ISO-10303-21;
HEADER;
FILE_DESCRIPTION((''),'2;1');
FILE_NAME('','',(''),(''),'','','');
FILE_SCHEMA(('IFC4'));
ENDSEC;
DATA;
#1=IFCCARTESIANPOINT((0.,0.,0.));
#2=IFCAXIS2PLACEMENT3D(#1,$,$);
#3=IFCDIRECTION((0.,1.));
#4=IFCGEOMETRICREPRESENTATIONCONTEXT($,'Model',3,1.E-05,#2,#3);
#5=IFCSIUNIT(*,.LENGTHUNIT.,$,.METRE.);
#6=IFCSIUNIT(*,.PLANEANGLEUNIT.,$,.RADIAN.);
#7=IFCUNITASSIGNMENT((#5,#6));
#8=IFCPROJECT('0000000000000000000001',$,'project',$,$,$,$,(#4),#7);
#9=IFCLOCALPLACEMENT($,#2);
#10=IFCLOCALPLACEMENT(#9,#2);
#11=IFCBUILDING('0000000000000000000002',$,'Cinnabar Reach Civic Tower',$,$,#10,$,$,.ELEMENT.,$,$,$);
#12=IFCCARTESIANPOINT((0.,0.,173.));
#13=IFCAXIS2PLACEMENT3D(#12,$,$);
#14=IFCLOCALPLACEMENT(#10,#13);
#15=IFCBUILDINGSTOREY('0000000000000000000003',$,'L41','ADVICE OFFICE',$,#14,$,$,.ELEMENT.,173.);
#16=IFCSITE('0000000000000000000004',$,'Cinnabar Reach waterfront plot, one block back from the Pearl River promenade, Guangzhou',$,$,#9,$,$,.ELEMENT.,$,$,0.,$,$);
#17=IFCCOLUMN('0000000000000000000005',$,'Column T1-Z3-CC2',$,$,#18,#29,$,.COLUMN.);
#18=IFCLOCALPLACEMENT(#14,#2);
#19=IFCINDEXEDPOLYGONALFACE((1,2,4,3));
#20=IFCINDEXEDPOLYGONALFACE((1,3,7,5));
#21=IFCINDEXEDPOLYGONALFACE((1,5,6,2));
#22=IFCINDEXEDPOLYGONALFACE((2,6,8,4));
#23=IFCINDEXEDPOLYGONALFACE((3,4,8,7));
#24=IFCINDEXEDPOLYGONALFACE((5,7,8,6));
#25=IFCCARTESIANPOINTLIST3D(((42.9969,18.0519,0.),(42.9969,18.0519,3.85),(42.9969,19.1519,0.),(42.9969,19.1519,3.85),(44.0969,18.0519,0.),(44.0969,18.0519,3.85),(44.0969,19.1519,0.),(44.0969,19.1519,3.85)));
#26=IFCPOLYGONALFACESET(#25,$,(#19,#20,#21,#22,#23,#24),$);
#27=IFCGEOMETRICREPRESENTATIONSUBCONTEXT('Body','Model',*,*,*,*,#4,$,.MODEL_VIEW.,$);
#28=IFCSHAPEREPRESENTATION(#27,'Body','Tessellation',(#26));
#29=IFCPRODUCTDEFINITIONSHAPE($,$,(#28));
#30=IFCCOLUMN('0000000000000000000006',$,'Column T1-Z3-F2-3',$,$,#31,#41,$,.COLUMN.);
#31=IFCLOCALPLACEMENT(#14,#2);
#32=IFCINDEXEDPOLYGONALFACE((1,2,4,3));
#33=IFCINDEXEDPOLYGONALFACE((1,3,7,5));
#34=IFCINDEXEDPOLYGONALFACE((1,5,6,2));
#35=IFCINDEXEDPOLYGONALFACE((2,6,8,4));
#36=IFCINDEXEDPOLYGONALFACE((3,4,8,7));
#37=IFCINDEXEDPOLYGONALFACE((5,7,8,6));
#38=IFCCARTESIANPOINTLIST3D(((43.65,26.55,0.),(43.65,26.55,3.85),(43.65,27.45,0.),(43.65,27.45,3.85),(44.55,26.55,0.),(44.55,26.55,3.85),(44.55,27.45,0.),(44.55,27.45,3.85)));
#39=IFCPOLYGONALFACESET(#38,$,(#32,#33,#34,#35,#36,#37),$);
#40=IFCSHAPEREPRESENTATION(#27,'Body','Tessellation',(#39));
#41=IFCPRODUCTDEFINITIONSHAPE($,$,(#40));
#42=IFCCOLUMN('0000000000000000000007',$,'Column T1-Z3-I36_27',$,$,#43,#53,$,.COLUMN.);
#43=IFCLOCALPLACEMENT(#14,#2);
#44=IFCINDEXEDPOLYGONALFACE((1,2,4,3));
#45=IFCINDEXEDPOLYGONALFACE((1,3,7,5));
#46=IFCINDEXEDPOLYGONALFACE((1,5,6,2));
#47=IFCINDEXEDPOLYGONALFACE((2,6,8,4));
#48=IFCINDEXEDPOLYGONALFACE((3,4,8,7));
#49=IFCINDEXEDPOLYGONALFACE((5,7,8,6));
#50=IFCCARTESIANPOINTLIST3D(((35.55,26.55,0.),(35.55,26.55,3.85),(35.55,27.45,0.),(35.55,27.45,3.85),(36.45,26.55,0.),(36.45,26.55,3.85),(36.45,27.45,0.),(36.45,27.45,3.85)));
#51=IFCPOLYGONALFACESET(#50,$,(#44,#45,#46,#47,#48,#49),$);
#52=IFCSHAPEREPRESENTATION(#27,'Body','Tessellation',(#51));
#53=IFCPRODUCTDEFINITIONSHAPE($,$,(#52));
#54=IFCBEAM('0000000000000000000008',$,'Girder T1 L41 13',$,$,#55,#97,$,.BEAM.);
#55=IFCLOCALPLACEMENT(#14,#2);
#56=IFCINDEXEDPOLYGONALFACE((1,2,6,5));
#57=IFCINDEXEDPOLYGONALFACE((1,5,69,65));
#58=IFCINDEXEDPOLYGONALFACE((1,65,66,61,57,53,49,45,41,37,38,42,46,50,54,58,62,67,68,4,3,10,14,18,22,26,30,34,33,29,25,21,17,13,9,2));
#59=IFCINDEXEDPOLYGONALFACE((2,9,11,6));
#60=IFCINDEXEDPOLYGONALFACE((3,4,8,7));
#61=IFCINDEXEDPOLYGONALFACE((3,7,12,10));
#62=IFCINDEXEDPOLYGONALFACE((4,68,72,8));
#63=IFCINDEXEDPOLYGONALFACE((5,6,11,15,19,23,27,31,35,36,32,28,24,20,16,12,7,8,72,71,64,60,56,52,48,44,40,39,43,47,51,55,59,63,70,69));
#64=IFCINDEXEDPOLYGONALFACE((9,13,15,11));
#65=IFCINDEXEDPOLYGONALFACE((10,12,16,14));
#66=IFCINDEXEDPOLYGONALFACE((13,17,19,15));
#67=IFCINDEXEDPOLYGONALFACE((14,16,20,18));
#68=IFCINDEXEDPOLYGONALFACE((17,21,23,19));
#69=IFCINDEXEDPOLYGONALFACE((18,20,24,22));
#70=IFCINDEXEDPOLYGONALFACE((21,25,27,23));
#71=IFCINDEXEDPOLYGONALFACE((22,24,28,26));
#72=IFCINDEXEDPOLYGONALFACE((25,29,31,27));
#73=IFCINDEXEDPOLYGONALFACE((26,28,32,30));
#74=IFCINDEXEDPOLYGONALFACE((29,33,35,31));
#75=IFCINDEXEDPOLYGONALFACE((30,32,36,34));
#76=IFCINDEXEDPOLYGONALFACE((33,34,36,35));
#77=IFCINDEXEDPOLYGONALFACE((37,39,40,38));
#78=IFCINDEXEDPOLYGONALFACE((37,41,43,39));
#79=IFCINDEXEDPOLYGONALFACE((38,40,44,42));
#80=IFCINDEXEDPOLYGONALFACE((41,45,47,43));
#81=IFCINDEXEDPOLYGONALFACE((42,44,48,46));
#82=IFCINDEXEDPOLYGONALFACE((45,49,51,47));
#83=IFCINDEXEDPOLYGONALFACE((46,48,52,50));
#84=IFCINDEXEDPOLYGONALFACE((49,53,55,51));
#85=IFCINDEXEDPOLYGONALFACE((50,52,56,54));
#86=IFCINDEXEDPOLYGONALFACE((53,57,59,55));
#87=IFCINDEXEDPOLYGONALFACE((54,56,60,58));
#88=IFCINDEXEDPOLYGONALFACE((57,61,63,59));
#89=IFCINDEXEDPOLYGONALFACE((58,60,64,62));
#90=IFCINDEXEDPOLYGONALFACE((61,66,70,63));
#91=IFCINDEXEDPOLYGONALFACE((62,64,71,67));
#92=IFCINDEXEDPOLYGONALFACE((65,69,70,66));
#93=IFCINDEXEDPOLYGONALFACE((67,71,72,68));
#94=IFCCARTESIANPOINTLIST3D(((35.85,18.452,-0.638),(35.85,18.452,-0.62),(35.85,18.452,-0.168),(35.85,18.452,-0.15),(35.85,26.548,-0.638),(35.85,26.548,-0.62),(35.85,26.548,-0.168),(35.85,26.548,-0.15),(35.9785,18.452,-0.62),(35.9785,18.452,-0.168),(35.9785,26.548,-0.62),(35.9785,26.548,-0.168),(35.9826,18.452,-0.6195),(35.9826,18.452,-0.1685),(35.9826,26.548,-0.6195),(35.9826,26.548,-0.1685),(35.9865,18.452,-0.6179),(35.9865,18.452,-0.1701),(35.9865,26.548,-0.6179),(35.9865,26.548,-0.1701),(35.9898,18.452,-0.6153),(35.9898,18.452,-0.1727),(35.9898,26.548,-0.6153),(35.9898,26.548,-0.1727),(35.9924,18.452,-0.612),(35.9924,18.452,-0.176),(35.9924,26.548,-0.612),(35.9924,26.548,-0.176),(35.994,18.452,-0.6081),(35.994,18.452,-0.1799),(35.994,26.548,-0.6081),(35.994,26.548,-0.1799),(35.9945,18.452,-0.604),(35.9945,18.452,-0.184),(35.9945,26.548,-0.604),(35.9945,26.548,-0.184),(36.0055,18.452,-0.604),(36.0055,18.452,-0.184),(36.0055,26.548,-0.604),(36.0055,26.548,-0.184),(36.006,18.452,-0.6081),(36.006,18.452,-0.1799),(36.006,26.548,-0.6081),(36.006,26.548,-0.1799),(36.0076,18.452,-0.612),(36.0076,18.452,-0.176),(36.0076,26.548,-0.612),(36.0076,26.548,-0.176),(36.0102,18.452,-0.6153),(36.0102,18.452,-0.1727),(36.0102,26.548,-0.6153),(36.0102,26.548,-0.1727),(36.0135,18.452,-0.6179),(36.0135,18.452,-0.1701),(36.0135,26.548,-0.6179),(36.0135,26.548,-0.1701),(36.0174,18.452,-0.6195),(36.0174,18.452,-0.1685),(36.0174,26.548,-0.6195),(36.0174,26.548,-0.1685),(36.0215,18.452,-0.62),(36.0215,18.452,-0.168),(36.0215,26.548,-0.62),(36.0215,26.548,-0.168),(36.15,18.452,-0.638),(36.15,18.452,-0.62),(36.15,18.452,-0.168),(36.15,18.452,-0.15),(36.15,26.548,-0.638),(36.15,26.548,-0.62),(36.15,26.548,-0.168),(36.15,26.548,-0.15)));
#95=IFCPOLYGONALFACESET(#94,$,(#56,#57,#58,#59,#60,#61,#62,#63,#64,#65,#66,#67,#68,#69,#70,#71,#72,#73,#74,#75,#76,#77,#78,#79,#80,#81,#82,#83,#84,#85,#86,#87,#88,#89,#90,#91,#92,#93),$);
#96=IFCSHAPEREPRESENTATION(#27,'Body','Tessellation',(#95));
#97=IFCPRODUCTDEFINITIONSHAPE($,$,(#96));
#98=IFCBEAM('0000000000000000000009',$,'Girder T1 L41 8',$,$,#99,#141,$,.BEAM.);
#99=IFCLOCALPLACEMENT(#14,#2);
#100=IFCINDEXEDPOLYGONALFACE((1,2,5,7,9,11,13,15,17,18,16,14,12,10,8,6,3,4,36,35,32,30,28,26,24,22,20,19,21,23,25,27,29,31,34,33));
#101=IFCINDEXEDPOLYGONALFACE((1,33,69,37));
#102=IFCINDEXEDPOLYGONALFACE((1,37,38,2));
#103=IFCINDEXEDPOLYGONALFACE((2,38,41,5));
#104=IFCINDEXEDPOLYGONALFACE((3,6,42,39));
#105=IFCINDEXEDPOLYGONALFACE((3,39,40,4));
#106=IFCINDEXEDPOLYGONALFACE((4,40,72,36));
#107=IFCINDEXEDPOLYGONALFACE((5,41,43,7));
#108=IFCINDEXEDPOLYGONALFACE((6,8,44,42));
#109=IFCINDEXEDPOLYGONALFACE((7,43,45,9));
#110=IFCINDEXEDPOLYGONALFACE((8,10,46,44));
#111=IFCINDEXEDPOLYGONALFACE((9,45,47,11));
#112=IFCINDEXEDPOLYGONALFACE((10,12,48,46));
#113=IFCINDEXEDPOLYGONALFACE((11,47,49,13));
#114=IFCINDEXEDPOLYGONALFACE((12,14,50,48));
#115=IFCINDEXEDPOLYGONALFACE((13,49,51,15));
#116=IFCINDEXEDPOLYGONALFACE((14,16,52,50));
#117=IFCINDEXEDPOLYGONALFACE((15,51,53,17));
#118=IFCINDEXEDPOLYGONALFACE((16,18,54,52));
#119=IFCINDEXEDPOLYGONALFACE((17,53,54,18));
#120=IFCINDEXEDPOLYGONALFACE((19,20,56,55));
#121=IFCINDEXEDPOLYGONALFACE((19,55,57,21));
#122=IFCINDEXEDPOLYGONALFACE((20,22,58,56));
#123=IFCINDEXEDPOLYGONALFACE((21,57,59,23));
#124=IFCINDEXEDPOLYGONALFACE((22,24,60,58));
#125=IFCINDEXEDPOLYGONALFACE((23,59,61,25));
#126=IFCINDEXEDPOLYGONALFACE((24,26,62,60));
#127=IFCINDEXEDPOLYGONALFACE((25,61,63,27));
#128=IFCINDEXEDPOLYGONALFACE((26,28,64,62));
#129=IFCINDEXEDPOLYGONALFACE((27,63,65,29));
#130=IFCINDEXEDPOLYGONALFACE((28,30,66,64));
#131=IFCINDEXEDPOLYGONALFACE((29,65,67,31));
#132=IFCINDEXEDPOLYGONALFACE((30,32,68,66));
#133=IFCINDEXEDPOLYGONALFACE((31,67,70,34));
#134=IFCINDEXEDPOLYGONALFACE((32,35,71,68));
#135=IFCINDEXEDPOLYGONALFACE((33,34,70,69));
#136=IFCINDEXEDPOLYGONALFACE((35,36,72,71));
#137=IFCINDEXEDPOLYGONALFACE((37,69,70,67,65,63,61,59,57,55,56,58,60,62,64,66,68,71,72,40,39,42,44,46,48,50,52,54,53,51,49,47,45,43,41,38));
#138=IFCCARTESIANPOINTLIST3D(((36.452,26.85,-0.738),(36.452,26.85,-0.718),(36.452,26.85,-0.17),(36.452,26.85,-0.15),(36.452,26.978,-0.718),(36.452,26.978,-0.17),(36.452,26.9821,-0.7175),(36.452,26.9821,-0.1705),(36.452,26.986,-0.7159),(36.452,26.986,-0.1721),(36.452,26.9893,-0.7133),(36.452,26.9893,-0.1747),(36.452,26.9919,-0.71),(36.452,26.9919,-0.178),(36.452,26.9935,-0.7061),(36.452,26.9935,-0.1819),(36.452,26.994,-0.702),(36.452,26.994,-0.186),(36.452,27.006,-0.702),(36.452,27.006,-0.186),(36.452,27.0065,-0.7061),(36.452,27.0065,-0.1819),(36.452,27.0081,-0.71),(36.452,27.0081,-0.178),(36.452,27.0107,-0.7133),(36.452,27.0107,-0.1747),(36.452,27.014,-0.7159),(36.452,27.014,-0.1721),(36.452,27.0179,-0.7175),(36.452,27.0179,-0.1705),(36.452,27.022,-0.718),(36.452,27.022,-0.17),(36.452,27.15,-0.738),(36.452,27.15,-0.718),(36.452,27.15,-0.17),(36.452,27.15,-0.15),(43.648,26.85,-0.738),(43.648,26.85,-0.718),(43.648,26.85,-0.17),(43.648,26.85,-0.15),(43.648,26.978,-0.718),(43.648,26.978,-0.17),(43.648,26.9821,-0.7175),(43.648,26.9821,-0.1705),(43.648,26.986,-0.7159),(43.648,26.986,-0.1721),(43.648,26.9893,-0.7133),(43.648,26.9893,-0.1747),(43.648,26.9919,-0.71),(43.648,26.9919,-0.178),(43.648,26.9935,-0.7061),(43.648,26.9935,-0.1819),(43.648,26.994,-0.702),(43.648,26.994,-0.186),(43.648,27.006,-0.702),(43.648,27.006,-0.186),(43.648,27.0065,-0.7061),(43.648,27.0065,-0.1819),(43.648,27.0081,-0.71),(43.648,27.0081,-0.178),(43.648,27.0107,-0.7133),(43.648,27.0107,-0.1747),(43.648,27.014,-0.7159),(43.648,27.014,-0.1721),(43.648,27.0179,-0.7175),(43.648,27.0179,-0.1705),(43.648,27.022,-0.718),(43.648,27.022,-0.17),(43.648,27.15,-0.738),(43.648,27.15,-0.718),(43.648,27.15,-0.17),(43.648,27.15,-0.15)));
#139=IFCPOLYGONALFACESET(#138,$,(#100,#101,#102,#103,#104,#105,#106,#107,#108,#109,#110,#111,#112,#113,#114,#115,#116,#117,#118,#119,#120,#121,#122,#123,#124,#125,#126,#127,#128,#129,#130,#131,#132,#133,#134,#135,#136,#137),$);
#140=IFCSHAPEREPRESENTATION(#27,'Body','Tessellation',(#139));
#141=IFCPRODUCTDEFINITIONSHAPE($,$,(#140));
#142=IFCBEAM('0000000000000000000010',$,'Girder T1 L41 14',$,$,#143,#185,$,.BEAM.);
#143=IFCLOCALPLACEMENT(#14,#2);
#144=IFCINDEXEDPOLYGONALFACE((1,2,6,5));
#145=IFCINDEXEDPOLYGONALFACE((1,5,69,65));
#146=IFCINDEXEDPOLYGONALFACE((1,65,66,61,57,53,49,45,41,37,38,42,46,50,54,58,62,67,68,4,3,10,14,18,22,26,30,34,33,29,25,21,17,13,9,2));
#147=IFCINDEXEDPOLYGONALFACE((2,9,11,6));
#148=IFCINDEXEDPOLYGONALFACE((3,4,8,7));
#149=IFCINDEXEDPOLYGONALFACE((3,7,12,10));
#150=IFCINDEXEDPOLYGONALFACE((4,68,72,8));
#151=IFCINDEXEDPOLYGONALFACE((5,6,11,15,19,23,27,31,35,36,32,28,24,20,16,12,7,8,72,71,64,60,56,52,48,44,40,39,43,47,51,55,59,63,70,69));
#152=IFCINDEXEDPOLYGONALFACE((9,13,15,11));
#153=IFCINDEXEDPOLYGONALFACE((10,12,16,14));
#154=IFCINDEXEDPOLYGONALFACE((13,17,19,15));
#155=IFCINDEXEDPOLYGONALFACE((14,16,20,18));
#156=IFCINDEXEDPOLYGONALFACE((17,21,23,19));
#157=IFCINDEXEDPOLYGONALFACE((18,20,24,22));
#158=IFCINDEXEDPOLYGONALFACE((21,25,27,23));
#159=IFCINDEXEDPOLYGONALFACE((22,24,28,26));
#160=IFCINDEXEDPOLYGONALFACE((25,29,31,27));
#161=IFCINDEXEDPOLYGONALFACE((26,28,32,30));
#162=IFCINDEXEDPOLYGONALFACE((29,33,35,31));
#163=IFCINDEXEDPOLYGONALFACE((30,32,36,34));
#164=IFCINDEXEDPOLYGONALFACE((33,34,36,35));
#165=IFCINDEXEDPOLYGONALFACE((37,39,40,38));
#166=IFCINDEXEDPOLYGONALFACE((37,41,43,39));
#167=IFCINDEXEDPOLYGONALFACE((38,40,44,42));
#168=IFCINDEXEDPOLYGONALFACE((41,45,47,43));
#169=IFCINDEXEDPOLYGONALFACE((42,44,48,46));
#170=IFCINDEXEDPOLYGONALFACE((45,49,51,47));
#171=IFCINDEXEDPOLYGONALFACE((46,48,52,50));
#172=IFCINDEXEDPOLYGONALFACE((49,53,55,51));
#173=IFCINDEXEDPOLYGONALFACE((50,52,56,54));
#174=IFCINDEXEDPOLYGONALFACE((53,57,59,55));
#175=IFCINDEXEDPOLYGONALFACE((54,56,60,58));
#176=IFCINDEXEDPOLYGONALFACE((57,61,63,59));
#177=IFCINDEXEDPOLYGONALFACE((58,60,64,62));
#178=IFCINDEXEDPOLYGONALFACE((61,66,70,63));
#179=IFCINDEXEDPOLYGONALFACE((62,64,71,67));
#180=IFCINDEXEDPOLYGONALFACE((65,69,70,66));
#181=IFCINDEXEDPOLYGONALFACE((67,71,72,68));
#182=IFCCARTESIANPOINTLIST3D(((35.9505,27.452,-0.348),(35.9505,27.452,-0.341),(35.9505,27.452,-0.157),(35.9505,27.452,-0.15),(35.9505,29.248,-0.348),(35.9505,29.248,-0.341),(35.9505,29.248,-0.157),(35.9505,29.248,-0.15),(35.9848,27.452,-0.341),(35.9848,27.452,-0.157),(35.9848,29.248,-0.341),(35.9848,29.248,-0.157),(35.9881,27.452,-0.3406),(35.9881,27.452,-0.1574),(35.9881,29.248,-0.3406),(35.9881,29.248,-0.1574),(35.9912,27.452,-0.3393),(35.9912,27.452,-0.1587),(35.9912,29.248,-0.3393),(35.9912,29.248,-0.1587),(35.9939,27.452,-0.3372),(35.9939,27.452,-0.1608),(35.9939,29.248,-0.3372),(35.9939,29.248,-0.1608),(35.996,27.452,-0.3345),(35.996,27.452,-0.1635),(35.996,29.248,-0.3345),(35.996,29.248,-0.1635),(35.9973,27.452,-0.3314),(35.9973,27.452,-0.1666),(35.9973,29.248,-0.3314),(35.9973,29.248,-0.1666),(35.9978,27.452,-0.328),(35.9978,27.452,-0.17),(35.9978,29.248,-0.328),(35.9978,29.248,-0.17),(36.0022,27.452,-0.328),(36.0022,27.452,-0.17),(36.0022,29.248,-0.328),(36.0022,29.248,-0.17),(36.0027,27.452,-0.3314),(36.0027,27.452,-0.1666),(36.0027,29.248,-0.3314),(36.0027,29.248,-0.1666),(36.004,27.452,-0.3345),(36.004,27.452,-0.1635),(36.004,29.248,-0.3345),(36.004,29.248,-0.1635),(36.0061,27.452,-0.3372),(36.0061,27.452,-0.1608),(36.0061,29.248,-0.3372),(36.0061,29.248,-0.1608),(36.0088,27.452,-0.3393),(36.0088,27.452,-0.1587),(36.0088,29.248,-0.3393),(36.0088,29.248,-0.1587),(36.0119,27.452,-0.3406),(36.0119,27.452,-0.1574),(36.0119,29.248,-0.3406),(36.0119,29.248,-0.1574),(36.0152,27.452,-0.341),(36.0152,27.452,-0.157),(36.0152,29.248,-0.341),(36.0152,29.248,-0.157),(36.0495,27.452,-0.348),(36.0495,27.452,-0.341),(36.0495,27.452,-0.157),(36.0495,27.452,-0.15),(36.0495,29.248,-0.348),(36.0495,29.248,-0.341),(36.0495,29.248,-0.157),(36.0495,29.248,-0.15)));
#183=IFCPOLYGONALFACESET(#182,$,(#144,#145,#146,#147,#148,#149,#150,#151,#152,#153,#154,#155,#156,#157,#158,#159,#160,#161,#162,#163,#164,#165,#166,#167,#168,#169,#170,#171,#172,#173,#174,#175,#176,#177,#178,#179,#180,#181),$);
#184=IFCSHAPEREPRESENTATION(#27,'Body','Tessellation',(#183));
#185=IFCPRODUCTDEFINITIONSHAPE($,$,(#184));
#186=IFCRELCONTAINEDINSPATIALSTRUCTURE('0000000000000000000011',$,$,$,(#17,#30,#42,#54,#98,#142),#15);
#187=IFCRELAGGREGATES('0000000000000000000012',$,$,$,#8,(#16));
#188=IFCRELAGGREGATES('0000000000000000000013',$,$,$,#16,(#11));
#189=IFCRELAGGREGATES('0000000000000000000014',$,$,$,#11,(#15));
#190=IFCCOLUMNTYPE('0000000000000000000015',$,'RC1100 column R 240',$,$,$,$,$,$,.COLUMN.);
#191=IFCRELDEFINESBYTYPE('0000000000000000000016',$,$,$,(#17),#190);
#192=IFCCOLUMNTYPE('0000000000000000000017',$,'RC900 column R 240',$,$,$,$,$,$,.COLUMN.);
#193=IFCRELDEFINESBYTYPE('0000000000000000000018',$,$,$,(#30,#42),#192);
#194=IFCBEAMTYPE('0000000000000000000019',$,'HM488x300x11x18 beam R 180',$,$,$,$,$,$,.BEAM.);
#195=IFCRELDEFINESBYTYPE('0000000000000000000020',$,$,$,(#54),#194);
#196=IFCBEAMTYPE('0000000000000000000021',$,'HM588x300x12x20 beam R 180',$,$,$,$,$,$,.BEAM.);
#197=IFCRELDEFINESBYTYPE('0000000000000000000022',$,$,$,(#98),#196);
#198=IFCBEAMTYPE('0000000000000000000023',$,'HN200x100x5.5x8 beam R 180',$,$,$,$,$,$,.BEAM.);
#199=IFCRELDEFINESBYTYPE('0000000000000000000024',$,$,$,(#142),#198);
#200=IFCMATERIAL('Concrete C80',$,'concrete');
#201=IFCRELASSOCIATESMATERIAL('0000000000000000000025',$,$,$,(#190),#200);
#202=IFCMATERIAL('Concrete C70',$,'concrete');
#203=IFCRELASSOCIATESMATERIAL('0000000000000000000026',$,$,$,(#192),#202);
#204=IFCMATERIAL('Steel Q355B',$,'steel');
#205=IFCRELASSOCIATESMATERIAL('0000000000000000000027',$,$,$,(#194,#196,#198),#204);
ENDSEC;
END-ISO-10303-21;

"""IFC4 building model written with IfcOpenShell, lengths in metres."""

from ifc_helpers import new_model, si_unit, direction, frame, origin, origin_2d, place, context, subcontext, project, spatial, rectangle, i_section, extrude, material, material_profile, profile_set, type_object, element, save


model = new_model("IFC4")

# Units and contexts
model_context = context("Model", 3, precision=1e-05, world=origin(), true_north=direction((0.0, 1.0)))
body_context = subcontext(model_context, "Body", "Model", "MODEL_VIEW")
ifc_project = project(units=[si_unit("LENGTHUNIT", "METRE"), si_unit("PLANEANGLEUNIT", "RADIAN")], contexts=[model_context])

# Site, building, storey
site_placement = place(None, origin())
site = spatial("IfcSite", under=ifc_project, at=site_placement, Name="Cinnabar Reach waterfront plot, one block back from the Pearl River promenade, Guangzhou", CompositionType="ELEMENT", RefElevation=0.0)
building_placement = place(site_placement, origin())
building = spatial("IfcBuilding", under=site, at=building_placement, Name="Cinnabar Reach Civic Tower", CompositionType="ELEMENT")
storey_placement = place(building_placement, frame((0.0, 0.0, 173.0)))
storey = spatial("IfcBuildingStorey", under=building, at=storey_placement, Name="L41", Description="ADVICE OFFICE", CompositionType="ELEMENT", Elevation=173.0)

# Columns
ifc_material_1 = material(Name="Concrete C80", Category="concrete")
ifc_material_profile_1 = material_profile(ifc_material_1, rectangle(XDim=1.1, YDim=1.1, at=origin_2d()), Name="RC1100")
ifc_profile_set_1 = profile_set([ifc_material_profile_1], Name="Concrete C80")
column_type_1 = type_object("IfcColumnType", Name="RC1100 column R 240", PredefinedType="COLUMN", material=ifc_profile_set_1)
column_placement = place(storey_placement, frame((43.5469, 18.6019, 0.0), z_axis=(0.0, 0.0, 1.0), x_axis=(1.0, 0.0, 0.0)))
element("IfcColumn", 1, at=column_placement, inside=storey, type_object=column_type_1, Name="Column T1-Z3-CC2", PredefinedType="COLUMN", context=body_context, shape_type="SweptSolid", body=[
    extrude(rectangle(XDim=1.1, YDim=1.1, at=origin_2d()), origin(), (0.0, 0.0, 1.0), 3.85),
])
ifc_material_2 = material(Name="Concrete C70", Category="concrete")
ifc_material_profile_2 = material_profile(ifc_material_2, rectangle(XDim=0.9, YDim=0.9, at=origin_2d()), Name="RC900")
ifc_profile_set_2 = profile_set([ifc_material_profile_2], Name="Concrete C70")
column_type_2 = type_object("IfcColumnType", Name="RC900 column R 240", PredefinedType="COLUMN", material=ifc_profile_set_2)
for number, where, z_axis, x_axis, name in (
    (2, (44.1, 27.0, 0.0), (0.0, 0.0, 1.0), (1.0, 0.0, 0.0), "Column T1-Z3-F2-3"),
    (3, (36.0, 27.0, 0.0), (0.0, 0.0, 1.0), (1.0, 0.0, 0.0), "Column T1-Z3-I36_27"),
):
    element("IfcColumn", number, at=place(storey_placement, frame(where, z_axis=z_axis, x_axis=x_axis)), inside=storey, type_object=column_type_2, Name=name, PredefinedType="COLUMN", context=body_context, shape_type="SweptSolid", body=[
        extrude(rectangle(XDim=0.9, YDim=0.9, at=origin_2d()), origin(), (0.0, 0.0, 1.0), 3.85),
    ])

# Beams
ifc_material_3 = material(Name="Steel Q355B", Category="steel")
ifc_material_profile_3 = material_profile(ifc_material_3, i_section(OverallWidth=0.3, OverallDepth=0.488, WebThickness=0.011, FlangeThickness=0.018, FilletRadius=0.016, at=origin_2d()), Name="HM488x300x11x18")
ifc_profile_set_3 = profile_set([ifc_material_profile_3], Name="Steel Q355B")
beam_type_1 = type_object("IfcBeamType", Name="HM488x300x11x18 beam R 180", PredefinedType="BEAM", material=ifc_profile_set_3)
beam_1_placement = place(storey_placement, frame((36.0, 18.452, -0.394), z_axis=(0.0, 1.0, 0.0), x_axis=(-1.0, 0.0, 0.0)))
element("IfcBeam", 4, at=beam_1_placement, inside=storey, type_object=beam_type_1, Name="Girder T1 L41 13", PredefinedType="BEAM", context=body_context, shape_type="SweptSolid", body=[
    extrude(i_section(OverallWidth=0.3, OverallDepth=0.488, WebThickness=0.011, FlangeThickness=0.018, FilletRadius=0.016, at=origin_2d()), origin(), (0.0, 0.0, 1.0), 8.096),
])
ifc_material_profile_4 = material_profile(ifc_material_3, i_section(OverallWidth=0.3, OverallDepth=0.588, WebThickness=0.012, FlangeThickness=0.02, FilletRadius=0.016, at=origin_2d()), Name="HM588x300x12x20")
ifc_profile_set_4 = profile_set([ifc_material_profile_4], Name="Steel Q355B")
beam_type_2 = type_object("IfcBeamType", Name="HM588x300x12x20 beam R 180", PredefinedType="BEAM", material=ifc_profile_set_4)
beam_2_placement = place(storey_placement, frame((36.452, 27.0, -0.444), z_axis=(1.0, 0.0, 0.0), x_axis=(0.0, 1.0, 0.0)))
element("IfcBeam", 5, at=beam_2_placement, inside=storey, type_object=beam_type_2, Name="Girder T1 L41 8", PredefinedType="BEAM", context=body_context, shape_type="SweptSolid", body=[
    extrude(i_section(OverallWidth=0.3, OverallDepth=0.588, WebThickness=0.012, FlangeThickness=0.02, FilletRadius=0.016, at=origin_2d()), origin(), (0.0, 0.0, 1.0), 7.196),
])
ifc_material_profile_5 = material_profile(ifc_material_3, i_section(OverallWidth=0.099, OverallDepth=0.198, WebThickness=0.0045, FlangeThickness=0.007, FilletRadius=0.013, at=origin_2d()), Name="HN200x100x5.5x8")
ifc_profile_set_5 = profile_set([ifc_material_profile_5], Name="Steel Q355B")
beam_type_3 = type_object("IfcBeamType", Name="HN200x100x5.5x8 beam R 180", PredefinedType="BEAM", material=ifc_profile_set_5)
beam_3_placement = place(storey_placement, frame((36.0, 27.452, -0.249), z_axis=(0.0, 1.0, 0.0), x_axis=(-1.0, 0.0, 0.0)))
element("IfcBeam", 6, at=beam_3_placement, inside=storey, type_object=beam_type_3, Name="Girder T1 L41 14", PredefinedType="BEAM", context=body_context, shape_type="SweptSolid", body=[
    extrude(i_section(OverallWidth=0.099, OverallDepth=0.198, WebThickness=0.0045, FlangeThickness=0.007, FilletRadius=0.013, at=origin_2d()), origin(), (0.0, 0.0, 1.0), 1.796),
])

save(model, "model.ifc")
